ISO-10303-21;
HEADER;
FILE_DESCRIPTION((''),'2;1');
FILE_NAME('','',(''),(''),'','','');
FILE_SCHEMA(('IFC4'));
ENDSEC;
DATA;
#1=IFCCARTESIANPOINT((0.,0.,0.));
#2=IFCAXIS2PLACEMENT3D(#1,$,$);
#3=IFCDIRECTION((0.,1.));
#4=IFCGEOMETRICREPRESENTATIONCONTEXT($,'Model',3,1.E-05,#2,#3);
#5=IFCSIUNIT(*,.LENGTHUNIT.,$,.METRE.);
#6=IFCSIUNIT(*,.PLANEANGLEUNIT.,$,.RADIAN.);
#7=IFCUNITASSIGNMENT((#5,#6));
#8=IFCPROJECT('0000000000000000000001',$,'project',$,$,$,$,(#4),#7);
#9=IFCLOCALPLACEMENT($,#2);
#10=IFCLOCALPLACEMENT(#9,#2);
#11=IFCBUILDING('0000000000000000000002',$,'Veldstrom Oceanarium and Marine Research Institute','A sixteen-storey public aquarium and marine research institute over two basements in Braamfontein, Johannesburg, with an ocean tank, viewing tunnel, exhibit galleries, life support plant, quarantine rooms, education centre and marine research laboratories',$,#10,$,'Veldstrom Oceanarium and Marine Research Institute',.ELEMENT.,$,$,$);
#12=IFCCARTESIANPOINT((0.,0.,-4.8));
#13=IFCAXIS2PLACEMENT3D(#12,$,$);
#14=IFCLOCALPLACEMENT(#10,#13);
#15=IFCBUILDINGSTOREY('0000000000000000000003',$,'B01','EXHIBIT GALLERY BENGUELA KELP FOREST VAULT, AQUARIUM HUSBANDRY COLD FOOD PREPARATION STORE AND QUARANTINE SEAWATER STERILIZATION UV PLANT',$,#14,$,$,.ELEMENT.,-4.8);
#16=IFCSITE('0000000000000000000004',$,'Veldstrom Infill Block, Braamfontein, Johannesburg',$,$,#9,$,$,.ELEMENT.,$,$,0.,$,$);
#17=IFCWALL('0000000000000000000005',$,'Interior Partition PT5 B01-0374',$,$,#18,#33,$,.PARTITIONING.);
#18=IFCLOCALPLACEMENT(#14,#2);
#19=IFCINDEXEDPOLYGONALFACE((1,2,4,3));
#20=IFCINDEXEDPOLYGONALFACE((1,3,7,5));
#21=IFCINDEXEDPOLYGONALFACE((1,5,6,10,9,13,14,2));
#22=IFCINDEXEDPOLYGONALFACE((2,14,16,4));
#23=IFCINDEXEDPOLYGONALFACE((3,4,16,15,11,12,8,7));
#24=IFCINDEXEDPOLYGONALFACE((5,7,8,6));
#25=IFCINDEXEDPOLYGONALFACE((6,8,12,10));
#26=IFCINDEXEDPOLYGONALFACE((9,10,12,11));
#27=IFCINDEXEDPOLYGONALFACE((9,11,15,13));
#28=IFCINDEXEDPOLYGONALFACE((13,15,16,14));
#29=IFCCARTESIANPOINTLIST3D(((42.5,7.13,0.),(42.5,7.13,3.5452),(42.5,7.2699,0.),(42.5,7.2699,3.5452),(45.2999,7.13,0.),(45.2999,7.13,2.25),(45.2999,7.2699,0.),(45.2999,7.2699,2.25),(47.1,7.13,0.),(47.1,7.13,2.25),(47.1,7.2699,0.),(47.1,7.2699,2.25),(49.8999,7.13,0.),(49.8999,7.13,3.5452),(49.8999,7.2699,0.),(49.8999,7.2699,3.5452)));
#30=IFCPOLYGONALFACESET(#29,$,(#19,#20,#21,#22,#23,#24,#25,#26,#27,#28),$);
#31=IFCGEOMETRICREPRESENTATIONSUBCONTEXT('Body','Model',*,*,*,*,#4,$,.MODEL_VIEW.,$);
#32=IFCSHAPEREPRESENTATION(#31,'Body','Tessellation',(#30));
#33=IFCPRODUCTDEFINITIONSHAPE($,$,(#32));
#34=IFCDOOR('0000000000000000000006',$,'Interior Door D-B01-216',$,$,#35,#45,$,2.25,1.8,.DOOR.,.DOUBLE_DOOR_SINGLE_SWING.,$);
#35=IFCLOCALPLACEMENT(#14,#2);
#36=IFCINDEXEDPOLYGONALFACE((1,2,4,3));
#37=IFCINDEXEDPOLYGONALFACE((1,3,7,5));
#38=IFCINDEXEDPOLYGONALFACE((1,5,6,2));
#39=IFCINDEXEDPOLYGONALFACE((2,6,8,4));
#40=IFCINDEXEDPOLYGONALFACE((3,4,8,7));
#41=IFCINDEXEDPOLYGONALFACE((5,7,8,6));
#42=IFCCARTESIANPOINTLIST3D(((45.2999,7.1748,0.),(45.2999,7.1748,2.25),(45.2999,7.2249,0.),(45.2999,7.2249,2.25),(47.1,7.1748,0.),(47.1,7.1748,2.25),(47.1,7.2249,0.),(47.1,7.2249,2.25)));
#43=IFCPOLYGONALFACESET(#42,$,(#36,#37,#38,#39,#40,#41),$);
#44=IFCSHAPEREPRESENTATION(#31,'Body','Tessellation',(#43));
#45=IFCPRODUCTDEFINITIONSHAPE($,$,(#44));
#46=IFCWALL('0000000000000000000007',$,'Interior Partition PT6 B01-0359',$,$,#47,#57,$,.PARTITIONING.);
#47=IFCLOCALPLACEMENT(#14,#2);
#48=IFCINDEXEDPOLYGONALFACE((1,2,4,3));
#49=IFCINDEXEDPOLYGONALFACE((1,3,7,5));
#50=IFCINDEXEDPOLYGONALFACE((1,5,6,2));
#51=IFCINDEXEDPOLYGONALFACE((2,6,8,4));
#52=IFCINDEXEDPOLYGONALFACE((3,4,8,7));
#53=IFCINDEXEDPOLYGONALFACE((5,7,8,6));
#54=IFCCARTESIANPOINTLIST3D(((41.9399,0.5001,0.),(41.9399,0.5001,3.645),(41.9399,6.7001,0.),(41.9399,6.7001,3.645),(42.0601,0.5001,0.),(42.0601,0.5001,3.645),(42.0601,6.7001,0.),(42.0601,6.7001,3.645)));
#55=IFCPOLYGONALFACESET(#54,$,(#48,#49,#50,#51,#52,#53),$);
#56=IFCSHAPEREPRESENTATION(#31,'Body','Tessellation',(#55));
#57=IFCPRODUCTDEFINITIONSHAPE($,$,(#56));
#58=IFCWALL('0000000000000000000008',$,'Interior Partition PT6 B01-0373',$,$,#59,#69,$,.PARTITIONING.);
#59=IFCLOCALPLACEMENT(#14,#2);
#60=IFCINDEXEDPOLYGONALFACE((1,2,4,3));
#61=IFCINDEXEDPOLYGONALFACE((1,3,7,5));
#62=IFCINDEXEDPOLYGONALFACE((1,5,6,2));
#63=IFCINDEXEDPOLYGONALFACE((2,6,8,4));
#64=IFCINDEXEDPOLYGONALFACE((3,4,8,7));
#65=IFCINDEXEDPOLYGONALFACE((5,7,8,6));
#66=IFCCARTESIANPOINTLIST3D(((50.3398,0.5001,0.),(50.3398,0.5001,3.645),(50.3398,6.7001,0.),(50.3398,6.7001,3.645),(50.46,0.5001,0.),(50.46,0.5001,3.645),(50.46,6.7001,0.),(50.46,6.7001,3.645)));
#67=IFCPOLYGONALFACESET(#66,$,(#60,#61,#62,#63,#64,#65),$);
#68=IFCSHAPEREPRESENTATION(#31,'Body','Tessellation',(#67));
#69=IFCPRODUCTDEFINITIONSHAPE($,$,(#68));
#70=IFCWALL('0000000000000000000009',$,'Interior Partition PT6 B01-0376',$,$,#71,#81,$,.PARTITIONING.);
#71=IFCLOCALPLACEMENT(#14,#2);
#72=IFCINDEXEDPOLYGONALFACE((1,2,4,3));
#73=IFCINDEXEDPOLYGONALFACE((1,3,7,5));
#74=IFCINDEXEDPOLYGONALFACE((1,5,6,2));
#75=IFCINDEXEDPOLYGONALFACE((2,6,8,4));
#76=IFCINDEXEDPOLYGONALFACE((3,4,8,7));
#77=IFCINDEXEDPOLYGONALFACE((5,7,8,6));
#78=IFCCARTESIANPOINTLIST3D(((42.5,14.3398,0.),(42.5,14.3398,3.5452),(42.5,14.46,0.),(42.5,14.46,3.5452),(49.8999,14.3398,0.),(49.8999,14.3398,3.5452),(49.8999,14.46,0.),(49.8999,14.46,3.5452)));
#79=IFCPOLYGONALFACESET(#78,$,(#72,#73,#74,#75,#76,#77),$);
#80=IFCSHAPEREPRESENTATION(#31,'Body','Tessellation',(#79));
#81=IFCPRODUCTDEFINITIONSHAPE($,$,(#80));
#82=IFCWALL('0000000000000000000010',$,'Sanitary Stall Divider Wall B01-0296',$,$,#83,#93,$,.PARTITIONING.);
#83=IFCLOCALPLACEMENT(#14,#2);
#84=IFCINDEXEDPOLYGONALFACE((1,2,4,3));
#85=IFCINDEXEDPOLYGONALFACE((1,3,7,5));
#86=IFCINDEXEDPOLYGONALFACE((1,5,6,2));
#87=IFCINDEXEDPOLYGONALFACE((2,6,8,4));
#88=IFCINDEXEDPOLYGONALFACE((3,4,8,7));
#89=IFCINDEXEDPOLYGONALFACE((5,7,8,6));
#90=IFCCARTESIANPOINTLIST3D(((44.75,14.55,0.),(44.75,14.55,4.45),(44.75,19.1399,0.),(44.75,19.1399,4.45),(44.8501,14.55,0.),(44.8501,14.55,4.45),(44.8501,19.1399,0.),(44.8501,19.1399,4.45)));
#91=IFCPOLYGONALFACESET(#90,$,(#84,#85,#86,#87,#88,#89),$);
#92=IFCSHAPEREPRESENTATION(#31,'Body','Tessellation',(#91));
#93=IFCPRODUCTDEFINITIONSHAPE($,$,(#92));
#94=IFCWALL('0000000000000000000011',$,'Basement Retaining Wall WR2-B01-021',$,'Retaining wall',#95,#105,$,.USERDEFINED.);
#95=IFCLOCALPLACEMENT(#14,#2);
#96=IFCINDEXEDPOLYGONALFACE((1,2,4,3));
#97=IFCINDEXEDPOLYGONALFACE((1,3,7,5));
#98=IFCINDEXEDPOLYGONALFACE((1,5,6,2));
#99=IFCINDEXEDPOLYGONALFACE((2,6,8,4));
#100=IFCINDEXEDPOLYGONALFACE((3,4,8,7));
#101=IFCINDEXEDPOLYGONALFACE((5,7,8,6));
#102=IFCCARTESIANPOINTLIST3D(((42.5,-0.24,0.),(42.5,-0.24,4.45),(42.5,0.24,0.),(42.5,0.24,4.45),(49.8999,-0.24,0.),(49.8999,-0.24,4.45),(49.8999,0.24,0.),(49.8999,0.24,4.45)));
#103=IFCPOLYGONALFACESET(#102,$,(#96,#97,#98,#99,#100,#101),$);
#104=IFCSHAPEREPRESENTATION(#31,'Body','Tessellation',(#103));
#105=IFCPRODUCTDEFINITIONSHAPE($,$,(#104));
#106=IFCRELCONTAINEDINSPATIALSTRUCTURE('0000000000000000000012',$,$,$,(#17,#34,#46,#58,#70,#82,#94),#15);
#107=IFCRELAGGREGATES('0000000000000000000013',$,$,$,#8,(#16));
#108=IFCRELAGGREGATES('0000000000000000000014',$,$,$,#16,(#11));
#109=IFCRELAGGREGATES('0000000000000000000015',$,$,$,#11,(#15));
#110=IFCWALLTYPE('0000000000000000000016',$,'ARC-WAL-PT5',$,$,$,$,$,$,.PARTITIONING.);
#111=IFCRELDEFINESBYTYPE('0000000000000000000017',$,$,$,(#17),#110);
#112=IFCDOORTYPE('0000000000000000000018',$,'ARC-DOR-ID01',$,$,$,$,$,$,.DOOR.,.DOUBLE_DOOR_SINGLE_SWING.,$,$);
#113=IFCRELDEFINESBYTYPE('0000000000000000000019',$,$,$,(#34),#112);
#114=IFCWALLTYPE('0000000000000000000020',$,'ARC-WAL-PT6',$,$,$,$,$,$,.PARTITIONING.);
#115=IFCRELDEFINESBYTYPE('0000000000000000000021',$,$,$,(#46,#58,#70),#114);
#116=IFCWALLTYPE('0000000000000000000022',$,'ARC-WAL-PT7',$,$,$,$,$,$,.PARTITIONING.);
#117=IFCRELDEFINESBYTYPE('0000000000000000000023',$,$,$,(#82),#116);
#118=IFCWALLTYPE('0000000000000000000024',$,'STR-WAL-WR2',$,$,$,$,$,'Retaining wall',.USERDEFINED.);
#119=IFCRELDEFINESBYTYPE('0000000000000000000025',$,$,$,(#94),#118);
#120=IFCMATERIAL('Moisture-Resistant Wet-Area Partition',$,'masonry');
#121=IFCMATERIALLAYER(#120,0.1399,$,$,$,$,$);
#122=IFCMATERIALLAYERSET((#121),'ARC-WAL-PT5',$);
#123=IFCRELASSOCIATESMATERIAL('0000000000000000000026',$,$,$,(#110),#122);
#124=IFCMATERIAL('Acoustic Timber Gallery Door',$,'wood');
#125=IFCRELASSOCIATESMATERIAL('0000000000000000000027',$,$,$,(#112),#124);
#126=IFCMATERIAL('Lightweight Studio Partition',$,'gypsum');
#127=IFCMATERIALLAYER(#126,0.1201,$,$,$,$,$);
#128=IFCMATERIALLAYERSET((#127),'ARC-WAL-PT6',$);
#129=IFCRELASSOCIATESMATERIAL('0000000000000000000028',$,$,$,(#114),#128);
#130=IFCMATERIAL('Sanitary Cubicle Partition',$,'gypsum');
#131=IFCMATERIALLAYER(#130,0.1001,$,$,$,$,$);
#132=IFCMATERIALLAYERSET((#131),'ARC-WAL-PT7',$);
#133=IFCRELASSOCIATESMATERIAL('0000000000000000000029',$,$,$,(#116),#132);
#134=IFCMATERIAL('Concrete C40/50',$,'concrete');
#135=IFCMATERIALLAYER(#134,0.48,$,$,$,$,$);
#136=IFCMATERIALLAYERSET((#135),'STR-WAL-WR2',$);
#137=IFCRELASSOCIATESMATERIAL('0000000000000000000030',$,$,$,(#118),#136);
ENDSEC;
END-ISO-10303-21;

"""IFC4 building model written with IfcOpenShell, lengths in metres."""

from ifc_helpers import new_model, si_unit, direction, frame, frame_2d, origin, place, context, subcontext, project, spatial, rectangle, extrude, material, layer, layer_set, type_object, element, fill, save


model = new_model("IFC4")

# Units and contexts
model_context = context("Model", 3, precision=1e-05, world=origin(), true_north=direction((0.0, 1.0)))
body_context = subcontext(model_context, "Body", "Model", "MODEL_VIEW")
ifc_project = project(units=[si_unit("LENGTHUNIT", "METRE"), si_unit("PLANEANGLEUNIT", "RADIAN")], contexts=[model_context])

# Site, building, storey
site_placement = place(None, origin())
site = spatial("IfcSite", under=ifc_project, at=site_placement, Name="Veldstrom Infill Block, Braamfontein, Johannesburg", CompositionType="ELEMENT", RefElevation=0.0)
building_placement = place(site_placement, origin())
building = spatial("IfcBuilding", under=site, at=building_placement, Name="Veldstrom Oceanarium and Marine Research Institute", Description="A sixteen-storey public aquarium and marine research institute over two basements in Braamfontein, Johannesburg, with an ocean tank, viewing tunnel, exhibit galleries, life support plant, quarantine rooms, education centre and marine research laboratories", LongName="Veldstrom Oceanarium and Marine Research Institute", CompositionType="ELEMENT")
storey_placement = place(building_placement, frame((0.0, 0.0, -4.8)))
storey = spatial("IfcBuildingStorey", under=building, at=storey_placement, Name="B01", Description="EXHIBIT GALLERY BENGUELA KELP FOREST VAULT, AQUARIUM HUSBANDRY COLD FOOD PREPARATION STORE AND QUARANTINE SEAWATER STERILIZATION UV PLANT", CompositionType="ELEMENT", Elevation=-4.8)

# Wall, opening, door
ifc_material_1 = material(Name="Moisture-Resistant Wet-Area Partition", Category="masonry")
ifc_layer_1 = layer(ifc_material_1, 0.1399)
ifc_layer_set_1 = layer_set([ifc_layer_1], Name="ARC-WAL-PT5")
wall_type_1 = type_object("IfcWallType", Name="ARC-WAL-PT5", PredefinedType="PARTITIONING", material=ifc_layer_set_1)
wall_1_placement = place(storey_placement, frame((42.5, 7.2, 0.0), z_axis=(0.0, 0.0, 1.0), x_axis=(1.0, 0.0, 0.0)))
wall_1 = element("IfcWall", 1, at=wall_1_placement, inside=storey, type_object=wall_type_1, Name="Interior Partition PT5 B01-0374", PredefinedType="PARTITIONING", context=body_context, shape_type="SweptSolid", body=[
    extrude(rectangle(XDim=7.3999, YDim=0.1399, at=frame_2d((3.7, 0.0))), origin(), (0.0, 0.0, 1.0), 3.5452),
])
opening_1_placement = place(wall_1_placement, frame((2.8, 0.0, 0.0)))
opening_1 = element("IfcOpeningElement", 2, at=opening_1_placement, cuts=wall_1, PredefinedType="OPENING", context=body_context, shape_type="SweptSolid", body=[
    extrude(rectangle(XDim=1.8, YDim=2.25, at=frame_2d((0.8999, 1.125))), frame((0.0, 0.0798, 0.0), z_axis=(0.0, -1.0, 0.0), x_axis=(1.0, 0.0, 0.0)), (0.0, 0.0, 1.0), 0.1599),
])
ifc_material_2 = material(Name="Acoustic Timber Gallery Door", Category="wood")
door_type_1 = type_object("IfcDoorType", Name="ARC-DOR-ID01", OperationType="DOUBLE_DOOR_SINGLE_SWING", PredefinedType="DOOR", material=ifc_material_2)
door_1_placement = place(opening_1_placement, origin())
door_1 = element("IfcDoor", 3, at=door_1_placement, inside=storey, type_object=door_type_1, Name="Interior Door D-B01-216", OperationType="DOUBLE_DOOR_SINGLE_SWING", OverallHeight=2.25, OverallWidth=1.8, PredefinedType="DOOR", context=body_context, shape_type="SweptSolid", body=[
    extrude(rectangle(XDim=1.8, YDim=2.25, at=frame_2d((0.8999, 1.125))), frame((0.0, 0.0249, 0.0), z_axis=(0.0, -1.0, 0.0), x_axis=(1.0, 0.0, 0.0)), (0.0, 0.0, 1.0), 0.05),
])
fill(opening_1, door_1)

# Walls
ifc_material_3 = material(Name="Lightweight Studio Partition", Category="gypsum")
ifc_layer_2 = layer(ifc_material_3, 0.1201)
ifc_layer_set_2 = layer_set([ifc_layer_2], Name="ARC-WAL-PT6")
wall_type_2 = type_object("IfcWallType", Name="ARC-WAL-PT6", PredefinedType="PARTITIONING", material=ifc_layer_set_2)
for number, where, z_axis, x_axis, name in (
    (4, (42.0, 0.5, 0.0), (0.0, 0.0, 1.0), (0.0, 1.0, 0.0), "Interior Partition PT6 B01-0359"),
    (5, (50.3999, 0.5, 0.0), (0.0, 0.0, 1.0), (0.0, 1.0, 0.0), "Interior Partition PT6 B01-0373"),
):
    element("IfcWall", number, at=place(storey_placement, frame(where, z_axis=z_axis, x_axis=x_axis)), inside=storey, type_object=wall_type_2, Name=name, PredefinedType="PARTITIONING", context=body_context, shape_type="SweptSolid", body=[
        extrude(rectangle(XDim=6.2, YDim=0.1201, at=frame_2d((3.1001, 0.0))), origin(), (0.0, 0.0, 1.0), 3.645),
    ])
wall_2_placement = place(storey_placement, frame((42.5, 14.3999, 0.0), z_axis=(0.0, 0.0, 1.0), x_axis=(1.0, 0.0, 0.0)))
element("IfcWall", 6, at=wall_2_placement, inside=storey, type_object=wall_type_2, Name="Interior Partition PT6 B01-0376", PredefinedType="PARTITIONING", context=body_context, shape_type="SweptSolid", body=[
    extrude(rectangle(XDim=7.3999, YDim=0.1201, at=frame_2d((3.7, 0.0))), origin(), (0.0, 0.0, 1.0), 3.5452),
])
ifc_material_4 = material(Name="Sanitary Cubicle Partition", Category="gypsum")
ifc_layer_3 = layer(ifc_material_4, 0.1001)
ifc_layer_set_3 = layer_set([ifc_layer_3], Name="ARC-WAL-PT7")
wall_type_3 = type_object("IfcWallType", Name="ARC-WAL-PT7", PredefinedType="PARTITIONING", material=ifc_layer_set_3)
wall_3_placement = place(storey_placement, frame((44.8, 14.55, 0.0), z_axis=(0.0, 0.0, 1.0), x_axis=(0.0, 1.0, 0.0)))
element("IfcWall", 7, at=wall_3_placement, inside=storey, type_object=wall_type_3, Name="Sanitary Stall Divider Wall B01-0296", PredefinedType="PARTITIONING", context=body_context, shape_type="SweptSolid", body=[
    extrude(rectangle(XDim=4.5898, YDim=0.1001, at=frame_2d((2.2949, 0.0))), origin(), (0.0, 0.0, 1.0), 4.45),
])
ifc_material_5 = material(Name="Concrete C40/50", Category="concrete")
ifc_layer_4 = layer(ifc_material_5, 0.48)
ifc_layer_set_4 = layer_set([ifc_layer_4], Name="STR-WAL-WR2")
wall_type_4 = type_object("IfcWallType", Name="STR-WAL-WR2", ElementType="Retaining wall", PredefinedType="USERDEFINED", material=ifc_layer_set_4)
wall_4_placement = place(storey_placement, frame((42.5, 0.0, 0.0), z_axis=(0.0, 0.0, 1.0), x_axis=(1.0, 0.0, 0.0)))
element("IfcWall", 8, at=wall_4_placement, inside=storey, type_object=wall_type_4, Name="Basement Retaining Wall WR2-B01-021", ObjectType="Retaining wall", PredefinedType="USERDEFINED", context=body_context, shape_type="SweptSolid", body=[
    extrude(rectangle(XDim=7.3999, YDim=0.48, at=frame_2d((3.7, 0.0))), origin(), (0.0, 0.0, 1.0), 4.45),
])

save(model, "model.ifc")
